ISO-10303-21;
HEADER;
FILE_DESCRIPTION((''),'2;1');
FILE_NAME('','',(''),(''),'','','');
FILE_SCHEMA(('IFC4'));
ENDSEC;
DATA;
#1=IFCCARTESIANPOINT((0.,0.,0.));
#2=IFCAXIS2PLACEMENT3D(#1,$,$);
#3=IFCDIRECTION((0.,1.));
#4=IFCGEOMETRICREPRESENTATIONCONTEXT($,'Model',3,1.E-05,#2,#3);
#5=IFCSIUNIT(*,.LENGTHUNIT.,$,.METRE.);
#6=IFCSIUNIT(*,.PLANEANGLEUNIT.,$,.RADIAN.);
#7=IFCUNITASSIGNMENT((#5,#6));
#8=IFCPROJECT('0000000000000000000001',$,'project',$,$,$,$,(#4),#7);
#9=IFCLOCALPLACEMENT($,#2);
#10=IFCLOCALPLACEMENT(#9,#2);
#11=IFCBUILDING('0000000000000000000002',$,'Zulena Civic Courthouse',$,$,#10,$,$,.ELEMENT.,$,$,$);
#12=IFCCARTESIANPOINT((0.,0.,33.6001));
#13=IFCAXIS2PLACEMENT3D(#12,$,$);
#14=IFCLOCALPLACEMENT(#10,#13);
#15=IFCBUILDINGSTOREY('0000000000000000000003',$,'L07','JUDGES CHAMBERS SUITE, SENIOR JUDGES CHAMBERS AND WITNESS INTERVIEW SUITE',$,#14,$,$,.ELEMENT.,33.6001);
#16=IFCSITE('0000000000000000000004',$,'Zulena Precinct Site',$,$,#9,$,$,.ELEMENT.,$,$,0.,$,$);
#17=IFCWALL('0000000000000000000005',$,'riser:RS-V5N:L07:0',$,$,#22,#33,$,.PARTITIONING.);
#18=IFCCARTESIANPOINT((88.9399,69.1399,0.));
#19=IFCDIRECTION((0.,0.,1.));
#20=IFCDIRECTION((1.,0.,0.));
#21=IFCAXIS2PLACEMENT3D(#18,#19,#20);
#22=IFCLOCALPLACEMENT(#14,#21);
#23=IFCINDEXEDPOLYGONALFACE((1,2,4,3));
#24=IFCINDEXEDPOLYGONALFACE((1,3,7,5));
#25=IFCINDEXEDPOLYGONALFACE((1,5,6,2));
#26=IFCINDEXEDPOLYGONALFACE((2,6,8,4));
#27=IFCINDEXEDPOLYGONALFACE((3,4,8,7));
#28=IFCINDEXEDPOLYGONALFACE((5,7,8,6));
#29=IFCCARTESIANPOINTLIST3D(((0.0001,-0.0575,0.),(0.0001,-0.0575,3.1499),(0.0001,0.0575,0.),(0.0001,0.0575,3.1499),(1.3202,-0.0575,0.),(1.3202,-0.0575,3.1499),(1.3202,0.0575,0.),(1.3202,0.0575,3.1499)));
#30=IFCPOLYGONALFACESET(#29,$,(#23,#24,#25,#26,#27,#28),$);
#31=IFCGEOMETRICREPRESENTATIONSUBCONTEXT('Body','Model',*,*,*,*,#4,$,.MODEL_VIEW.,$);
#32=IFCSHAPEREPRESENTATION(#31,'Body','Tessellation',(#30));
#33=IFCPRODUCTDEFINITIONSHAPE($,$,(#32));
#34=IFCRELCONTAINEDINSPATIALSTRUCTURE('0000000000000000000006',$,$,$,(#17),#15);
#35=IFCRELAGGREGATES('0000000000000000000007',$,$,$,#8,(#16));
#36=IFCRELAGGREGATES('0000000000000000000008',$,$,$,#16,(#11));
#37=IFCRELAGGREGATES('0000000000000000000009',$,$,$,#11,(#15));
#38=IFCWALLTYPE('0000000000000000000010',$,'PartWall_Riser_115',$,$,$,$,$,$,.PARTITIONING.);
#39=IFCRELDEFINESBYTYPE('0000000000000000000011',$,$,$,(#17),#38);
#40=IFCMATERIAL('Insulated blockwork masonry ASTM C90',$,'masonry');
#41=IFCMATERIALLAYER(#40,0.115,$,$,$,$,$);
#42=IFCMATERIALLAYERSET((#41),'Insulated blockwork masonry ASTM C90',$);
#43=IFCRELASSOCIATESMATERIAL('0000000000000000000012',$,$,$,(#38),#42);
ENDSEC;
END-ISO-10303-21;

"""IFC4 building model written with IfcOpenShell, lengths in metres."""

from ifc_helpers import new_model, si_unit, direction, frame, frame_2d, origin, place, context, subcontext, project, spatial, rectangle, extrude, material, layer, layer_set, type_object, element, save


model = new_model("IFC4")

# Units and contexts
model_context = context("Model", 3, precision=1e-05, world=origin(), true_north=direction((0.0, 1.0)))
body_context = subcontext(model_context, "Body", "Model", "MODEL_VIEW")
ifc_project = project(units=[si_unit("LENGTHUNIT", "METRE"), si_unit("PLANEANGLEUNIT", "RADIAN")], contexts=[model_context])

# Site, building, storey
site_placement = place(None, origin())
site = spatial("IfcSite", under=ifc_project, at=site_placement, Name="Zulena Precinct Site", CompositionType="ELEMENT", RefElevation=0.0)
building_placement = place(site_placement, origin())
building = spatial("IfcBuilding", under=site, at=building_placement, Name="Zulena Civic Courthouse", CompositionType="ELEMENT")
storey_placement = place(building_placement, frame((0.0, 0.0, 33.6001)))
storey = spatial("IfcBuildingStorey", under=building, at=storey_placement, Name="L07", Description="JUDGES CHAMBERS SUITE, SENIOR JUDGES CHAMBERS AND WITNESS INTERVIEW SUITE", CompositionType="ELEMENT", Elevation=33.6001)

# Wall
ifc_material_1 = material(Name="Insulated blockwork masonry ASTM C90", Category="masonry")
ifc_layer_1 = layer(ifc_material_1, 0.115)
ifc_layer_set_1 = layer_set([ifc_layer_1], Name="Insulated blockwork masonry ASTM C90")
wall_type_1 = type_object("IfcWallType", Name="PartWall_Riser_115", PredefinedType="PARTITIONING", material=ifc_layer_set_1)
for number, where, z_axis, x_axis, name in (
    (1, (88.9399, 69.1399, 0.0), (0.0, 0.0, 1.0), (1.0, 0.0, 0.0), "riser:RS-V5N:L07:0"),
):
    element("IfcWall", number, at=place(storey_placement, frame(where, z_axis=z_axis, x_axis=x_axis)), inside=storey, type_object=wall_type_1, Name=name, PredefinedType="PARTITIONING", context=body_context, shape_type="SweptSolid", body=[
        extrude(rectangle(XDim=1.3201, YDim=0.115, at=frame_2d((0.6602, 0.0))), origin(), (0.0, 0.0, 1.0), 3.1499),
    ])

save(model, "model.ifc")
